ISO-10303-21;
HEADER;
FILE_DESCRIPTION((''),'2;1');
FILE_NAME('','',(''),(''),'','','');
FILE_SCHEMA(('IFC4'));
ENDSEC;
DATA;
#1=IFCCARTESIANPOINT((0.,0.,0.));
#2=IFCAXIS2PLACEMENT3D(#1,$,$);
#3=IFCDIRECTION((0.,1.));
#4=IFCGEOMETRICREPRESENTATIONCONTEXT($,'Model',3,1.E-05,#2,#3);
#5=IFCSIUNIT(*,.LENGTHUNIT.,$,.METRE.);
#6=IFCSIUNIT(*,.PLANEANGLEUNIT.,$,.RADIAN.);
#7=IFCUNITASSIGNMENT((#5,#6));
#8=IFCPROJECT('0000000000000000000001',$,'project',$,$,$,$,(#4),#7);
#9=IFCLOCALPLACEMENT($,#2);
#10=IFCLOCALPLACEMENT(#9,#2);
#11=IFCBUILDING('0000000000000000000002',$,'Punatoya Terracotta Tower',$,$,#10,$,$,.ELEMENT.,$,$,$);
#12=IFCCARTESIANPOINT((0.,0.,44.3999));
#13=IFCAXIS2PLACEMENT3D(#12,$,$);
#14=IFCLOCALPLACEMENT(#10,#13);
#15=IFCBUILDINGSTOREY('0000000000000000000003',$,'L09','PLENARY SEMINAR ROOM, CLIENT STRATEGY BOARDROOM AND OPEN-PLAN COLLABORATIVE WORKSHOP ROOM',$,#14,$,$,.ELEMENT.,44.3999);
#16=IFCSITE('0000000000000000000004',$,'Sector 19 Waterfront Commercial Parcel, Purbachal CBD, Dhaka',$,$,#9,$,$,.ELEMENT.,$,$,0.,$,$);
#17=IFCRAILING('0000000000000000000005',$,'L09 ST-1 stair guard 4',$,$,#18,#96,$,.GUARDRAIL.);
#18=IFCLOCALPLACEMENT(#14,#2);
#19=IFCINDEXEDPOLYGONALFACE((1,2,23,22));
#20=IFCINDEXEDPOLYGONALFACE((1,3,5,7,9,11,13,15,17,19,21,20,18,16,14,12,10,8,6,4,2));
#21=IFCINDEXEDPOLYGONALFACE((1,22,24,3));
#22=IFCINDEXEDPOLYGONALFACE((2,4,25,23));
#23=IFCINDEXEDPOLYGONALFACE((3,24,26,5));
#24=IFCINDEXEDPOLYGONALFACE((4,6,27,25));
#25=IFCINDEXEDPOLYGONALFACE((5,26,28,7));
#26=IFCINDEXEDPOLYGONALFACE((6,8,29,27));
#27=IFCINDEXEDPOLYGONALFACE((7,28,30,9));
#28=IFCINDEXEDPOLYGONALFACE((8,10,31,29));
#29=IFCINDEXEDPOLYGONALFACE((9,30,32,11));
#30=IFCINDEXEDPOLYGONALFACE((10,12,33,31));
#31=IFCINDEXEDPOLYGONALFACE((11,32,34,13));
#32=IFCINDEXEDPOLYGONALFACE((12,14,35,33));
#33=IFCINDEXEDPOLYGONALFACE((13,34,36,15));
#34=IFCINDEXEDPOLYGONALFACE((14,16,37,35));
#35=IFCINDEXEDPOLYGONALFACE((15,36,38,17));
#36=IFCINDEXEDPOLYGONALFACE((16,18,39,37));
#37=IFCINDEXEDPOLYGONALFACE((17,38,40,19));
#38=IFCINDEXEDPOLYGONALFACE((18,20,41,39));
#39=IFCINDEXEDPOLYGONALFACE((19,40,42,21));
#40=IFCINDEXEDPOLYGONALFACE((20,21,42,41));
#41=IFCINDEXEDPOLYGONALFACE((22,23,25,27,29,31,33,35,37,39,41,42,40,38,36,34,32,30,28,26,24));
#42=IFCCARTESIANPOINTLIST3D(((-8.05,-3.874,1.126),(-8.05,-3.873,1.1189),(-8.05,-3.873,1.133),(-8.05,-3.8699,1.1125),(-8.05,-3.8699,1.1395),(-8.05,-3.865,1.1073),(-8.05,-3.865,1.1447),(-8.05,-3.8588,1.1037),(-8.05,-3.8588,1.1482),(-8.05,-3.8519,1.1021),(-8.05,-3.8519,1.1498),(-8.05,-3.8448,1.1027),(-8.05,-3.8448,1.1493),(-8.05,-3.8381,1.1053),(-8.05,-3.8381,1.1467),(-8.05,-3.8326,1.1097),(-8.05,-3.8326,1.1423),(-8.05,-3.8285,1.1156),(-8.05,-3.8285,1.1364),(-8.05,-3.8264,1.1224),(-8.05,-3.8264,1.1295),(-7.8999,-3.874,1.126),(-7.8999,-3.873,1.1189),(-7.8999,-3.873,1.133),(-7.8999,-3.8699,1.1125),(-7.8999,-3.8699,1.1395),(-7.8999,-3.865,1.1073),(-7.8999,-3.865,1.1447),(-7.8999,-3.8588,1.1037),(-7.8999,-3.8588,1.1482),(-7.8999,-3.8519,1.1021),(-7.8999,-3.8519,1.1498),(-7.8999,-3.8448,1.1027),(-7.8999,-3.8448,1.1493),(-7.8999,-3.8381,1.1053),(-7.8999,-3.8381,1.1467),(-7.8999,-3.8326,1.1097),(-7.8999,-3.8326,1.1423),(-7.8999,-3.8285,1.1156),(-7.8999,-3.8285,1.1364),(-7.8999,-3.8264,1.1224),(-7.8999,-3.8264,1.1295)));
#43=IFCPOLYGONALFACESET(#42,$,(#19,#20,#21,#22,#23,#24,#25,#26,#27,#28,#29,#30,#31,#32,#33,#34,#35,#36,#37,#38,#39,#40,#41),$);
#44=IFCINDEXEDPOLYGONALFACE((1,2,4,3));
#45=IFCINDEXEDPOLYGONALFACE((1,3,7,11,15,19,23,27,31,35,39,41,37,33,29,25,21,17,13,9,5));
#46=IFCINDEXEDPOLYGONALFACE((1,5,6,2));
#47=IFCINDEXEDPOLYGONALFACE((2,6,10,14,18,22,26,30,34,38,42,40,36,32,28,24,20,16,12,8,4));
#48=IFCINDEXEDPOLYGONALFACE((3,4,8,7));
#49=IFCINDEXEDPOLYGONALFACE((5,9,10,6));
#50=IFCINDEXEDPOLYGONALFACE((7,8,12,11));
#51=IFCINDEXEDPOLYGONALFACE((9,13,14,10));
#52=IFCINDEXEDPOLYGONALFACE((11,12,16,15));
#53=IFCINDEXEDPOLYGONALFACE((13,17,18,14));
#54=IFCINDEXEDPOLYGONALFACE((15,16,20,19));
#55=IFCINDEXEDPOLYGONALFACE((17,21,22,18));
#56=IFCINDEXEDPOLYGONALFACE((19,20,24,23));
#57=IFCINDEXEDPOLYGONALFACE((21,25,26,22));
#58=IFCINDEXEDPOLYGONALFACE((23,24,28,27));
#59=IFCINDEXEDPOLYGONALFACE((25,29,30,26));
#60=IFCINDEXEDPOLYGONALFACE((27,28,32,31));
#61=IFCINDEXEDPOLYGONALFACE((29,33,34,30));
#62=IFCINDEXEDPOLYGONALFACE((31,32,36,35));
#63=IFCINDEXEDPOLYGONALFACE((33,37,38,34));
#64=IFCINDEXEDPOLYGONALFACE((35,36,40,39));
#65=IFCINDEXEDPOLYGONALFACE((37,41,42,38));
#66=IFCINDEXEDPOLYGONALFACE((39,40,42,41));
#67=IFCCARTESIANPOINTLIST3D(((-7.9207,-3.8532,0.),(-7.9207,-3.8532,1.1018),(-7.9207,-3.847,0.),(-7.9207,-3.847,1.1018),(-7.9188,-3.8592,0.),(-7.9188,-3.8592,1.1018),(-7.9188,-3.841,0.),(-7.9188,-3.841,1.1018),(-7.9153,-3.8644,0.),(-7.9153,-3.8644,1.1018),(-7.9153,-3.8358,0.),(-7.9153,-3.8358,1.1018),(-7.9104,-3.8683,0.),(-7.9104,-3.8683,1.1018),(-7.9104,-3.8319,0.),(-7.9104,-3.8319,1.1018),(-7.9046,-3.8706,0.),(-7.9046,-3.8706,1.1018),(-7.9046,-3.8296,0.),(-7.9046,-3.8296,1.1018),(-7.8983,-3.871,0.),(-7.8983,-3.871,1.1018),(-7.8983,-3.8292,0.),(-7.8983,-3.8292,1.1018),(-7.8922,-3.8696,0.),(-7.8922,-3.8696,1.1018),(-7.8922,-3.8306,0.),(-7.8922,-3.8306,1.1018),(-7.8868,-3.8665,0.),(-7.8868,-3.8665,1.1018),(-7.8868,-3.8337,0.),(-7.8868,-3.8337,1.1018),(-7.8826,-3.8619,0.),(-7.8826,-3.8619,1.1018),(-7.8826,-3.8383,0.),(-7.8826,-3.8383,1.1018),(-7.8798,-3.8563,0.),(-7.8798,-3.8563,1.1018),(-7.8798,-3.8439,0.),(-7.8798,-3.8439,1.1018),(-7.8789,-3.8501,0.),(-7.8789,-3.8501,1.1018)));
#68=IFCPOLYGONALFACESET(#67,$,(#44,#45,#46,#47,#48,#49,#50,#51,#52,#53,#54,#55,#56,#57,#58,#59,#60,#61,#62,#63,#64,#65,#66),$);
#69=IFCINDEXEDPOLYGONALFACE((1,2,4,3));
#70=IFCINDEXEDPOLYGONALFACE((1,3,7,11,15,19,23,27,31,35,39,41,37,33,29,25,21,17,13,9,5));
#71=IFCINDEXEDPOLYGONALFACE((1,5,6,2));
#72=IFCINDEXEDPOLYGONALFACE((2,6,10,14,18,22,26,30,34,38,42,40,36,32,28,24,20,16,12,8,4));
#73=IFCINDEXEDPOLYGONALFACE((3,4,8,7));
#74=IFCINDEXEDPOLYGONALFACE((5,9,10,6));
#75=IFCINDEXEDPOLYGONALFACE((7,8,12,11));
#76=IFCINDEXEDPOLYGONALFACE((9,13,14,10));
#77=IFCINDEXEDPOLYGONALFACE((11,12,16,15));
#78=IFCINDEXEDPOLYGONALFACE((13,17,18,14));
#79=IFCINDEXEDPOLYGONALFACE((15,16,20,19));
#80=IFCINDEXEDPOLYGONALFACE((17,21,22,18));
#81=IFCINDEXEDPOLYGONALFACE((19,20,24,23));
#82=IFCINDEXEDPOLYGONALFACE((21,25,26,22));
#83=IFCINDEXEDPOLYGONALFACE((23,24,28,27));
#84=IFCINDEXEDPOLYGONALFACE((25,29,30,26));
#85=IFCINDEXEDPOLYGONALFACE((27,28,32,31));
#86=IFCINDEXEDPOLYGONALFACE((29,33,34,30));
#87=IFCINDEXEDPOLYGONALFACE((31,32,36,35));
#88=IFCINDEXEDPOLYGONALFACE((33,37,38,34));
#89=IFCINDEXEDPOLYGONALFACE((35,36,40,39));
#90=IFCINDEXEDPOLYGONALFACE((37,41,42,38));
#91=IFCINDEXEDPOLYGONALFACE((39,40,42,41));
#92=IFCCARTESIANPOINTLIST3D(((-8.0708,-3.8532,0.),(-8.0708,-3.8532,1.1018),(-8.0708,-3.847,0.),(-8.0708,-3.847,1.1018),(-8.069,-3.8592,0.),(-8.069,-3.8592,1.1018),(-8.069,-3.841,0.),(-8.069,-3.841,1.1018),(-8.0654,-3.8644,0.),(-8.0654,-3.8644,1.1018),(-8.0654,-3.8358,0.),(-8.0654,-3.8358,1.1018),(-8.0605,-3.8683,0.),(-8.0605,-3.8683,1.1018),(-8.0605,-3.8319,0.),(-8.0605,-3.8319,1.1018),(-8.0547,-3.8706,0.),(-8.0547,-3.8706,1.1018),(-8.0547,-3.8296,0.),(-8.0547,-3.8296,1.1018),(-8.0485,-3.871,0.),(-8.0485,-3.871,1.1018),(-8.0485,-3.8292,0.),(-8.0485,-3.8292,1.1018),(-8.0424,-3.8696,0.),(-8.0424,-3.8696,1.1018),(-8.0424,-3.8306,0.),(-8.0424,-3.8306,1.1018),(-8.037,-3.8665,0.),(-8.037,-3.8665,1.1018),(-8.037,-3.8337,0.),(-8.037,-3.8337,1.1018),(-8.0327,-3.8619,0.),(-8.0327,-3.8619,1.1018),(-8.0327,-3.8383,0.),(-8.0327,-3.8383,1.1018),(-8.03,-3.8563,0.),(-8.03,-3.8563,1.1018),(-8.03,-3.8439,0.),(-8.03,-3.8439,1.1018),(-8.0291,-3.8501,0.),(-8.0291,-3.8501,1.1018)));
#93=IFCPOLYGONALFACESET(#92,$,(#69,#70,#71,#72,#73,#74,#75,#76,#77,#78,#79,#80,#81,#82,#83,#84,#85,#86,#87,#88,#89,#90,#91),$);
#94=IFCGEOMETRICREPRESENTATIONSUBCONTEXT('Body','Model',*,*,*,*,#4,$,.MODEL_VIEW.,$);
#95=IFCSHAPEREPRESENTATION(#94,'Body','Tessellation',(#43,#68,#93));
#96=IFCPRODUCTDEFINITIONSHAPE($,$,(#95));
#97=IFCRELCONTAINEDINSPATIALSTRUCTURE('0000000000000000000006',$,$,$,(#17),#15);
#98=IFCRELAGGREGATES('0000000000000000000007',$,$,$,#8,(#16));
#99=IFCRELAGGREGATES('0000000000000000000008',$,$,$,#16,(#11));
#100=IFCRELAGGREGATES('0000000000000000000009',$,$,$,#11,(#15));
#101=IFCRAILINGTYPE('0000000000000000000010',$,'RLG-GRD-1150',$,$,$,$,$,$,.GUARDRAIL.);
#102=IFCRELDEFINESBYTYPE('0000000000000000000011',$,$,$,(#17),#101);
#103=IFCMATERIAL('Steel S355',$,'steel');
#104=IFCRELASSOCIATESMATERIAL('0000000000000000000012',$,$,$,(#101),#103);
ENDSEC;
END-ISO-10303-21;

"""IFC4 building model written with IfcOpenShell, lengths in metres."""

from ifc_helpers import new_model, si_unit, direction, frame, origin, origin_2d, place, context, subcontext, project, spatial, circle, extrude, material, type_object, element, save


model = new_model("IFC4")

# Units and contexts
model_context = context("Model", 3, precision=1e-05, world=origin(), true_north=direction((0.0, 1.0)))
body_context = subcontext(model_context, "Body", "Model", "MODEL_VIEW")
ifc_project = project(units=[si_unit("LENGTHUNIT", "METRE"), si_unit("PLANEANGLEUNIT", "RADIAN")], contexts=[model_context])

# Site, building, storey
site_placement = place(None, origin())
site = spatial("IfcSite", under=ifc_project, at=site_placement, Name="Sector 19 Waterfront Commercial Parcel, Purbachal CBD, Dhaka", CompositionType="ELEMENT", RefElevation=0.0)
building_placement = place(site_placement, origin())
building = spatial("IfcBuilding", under=site, at=building_placement, Name="Punatoya Terracotta Tower", CompositionType="ELEMENT")
storey_placement = place(building_placement, frame((0.0, 0.0, 44.3999)))
storey = spatial("IfcBuildingStorey", under=building, at=storey_placement, Name="L09", Description="PLENARY SEMINAR ROOM, CLIENT STRATEGY BOARDROOM AND OPEN-PLAN COLLABORATIVE WORKSHOP ROOM", CompositionType="ELEMENT", Elevation=44.3999)

# Shared definitions
ifc_material_1 = material(Name="Steel S355", Category="steel")

# Railing
railing_type_1 = type_object("IfcRailingType", Name="RLG-GRD-1150", PredefinedType="GUARDRAIL", material=ifc_material_1)
railing_1_placement = place(storey_placement, frame((-7.8999, -3.8501, 0.0)))
element("IfcRailing", 1, at=railing_1_placement, inside=storey, type_object=railing_type_1, Name="L09 ST-1 stair guard 4", PredefinedType="GUARDRAIL", context=body_context, shape_type="SweptSolid", body=[
    extrude(circle(Radius=0.0239, at=origin_2d()), frame((0.0, 0.0, 1.126), z_axis=(-1.0, 0.0, 0.0), x_axis=(0.0, -1.0, 0.0)), (0.0, 0.0, 1.0), 0.1501),
    extrude(circle(Radius=0.021, at=origin_2d()), origin(), (0.0, 0.0, 1.0), 1.1018),
    extrude(circle(Radius=0.021, at=origin_2d()), frame((-0.1501, 0.0, 0.0)), (0.0, 0.0, 1.0), 1.1018),
])

save(model, "model.ifc")
